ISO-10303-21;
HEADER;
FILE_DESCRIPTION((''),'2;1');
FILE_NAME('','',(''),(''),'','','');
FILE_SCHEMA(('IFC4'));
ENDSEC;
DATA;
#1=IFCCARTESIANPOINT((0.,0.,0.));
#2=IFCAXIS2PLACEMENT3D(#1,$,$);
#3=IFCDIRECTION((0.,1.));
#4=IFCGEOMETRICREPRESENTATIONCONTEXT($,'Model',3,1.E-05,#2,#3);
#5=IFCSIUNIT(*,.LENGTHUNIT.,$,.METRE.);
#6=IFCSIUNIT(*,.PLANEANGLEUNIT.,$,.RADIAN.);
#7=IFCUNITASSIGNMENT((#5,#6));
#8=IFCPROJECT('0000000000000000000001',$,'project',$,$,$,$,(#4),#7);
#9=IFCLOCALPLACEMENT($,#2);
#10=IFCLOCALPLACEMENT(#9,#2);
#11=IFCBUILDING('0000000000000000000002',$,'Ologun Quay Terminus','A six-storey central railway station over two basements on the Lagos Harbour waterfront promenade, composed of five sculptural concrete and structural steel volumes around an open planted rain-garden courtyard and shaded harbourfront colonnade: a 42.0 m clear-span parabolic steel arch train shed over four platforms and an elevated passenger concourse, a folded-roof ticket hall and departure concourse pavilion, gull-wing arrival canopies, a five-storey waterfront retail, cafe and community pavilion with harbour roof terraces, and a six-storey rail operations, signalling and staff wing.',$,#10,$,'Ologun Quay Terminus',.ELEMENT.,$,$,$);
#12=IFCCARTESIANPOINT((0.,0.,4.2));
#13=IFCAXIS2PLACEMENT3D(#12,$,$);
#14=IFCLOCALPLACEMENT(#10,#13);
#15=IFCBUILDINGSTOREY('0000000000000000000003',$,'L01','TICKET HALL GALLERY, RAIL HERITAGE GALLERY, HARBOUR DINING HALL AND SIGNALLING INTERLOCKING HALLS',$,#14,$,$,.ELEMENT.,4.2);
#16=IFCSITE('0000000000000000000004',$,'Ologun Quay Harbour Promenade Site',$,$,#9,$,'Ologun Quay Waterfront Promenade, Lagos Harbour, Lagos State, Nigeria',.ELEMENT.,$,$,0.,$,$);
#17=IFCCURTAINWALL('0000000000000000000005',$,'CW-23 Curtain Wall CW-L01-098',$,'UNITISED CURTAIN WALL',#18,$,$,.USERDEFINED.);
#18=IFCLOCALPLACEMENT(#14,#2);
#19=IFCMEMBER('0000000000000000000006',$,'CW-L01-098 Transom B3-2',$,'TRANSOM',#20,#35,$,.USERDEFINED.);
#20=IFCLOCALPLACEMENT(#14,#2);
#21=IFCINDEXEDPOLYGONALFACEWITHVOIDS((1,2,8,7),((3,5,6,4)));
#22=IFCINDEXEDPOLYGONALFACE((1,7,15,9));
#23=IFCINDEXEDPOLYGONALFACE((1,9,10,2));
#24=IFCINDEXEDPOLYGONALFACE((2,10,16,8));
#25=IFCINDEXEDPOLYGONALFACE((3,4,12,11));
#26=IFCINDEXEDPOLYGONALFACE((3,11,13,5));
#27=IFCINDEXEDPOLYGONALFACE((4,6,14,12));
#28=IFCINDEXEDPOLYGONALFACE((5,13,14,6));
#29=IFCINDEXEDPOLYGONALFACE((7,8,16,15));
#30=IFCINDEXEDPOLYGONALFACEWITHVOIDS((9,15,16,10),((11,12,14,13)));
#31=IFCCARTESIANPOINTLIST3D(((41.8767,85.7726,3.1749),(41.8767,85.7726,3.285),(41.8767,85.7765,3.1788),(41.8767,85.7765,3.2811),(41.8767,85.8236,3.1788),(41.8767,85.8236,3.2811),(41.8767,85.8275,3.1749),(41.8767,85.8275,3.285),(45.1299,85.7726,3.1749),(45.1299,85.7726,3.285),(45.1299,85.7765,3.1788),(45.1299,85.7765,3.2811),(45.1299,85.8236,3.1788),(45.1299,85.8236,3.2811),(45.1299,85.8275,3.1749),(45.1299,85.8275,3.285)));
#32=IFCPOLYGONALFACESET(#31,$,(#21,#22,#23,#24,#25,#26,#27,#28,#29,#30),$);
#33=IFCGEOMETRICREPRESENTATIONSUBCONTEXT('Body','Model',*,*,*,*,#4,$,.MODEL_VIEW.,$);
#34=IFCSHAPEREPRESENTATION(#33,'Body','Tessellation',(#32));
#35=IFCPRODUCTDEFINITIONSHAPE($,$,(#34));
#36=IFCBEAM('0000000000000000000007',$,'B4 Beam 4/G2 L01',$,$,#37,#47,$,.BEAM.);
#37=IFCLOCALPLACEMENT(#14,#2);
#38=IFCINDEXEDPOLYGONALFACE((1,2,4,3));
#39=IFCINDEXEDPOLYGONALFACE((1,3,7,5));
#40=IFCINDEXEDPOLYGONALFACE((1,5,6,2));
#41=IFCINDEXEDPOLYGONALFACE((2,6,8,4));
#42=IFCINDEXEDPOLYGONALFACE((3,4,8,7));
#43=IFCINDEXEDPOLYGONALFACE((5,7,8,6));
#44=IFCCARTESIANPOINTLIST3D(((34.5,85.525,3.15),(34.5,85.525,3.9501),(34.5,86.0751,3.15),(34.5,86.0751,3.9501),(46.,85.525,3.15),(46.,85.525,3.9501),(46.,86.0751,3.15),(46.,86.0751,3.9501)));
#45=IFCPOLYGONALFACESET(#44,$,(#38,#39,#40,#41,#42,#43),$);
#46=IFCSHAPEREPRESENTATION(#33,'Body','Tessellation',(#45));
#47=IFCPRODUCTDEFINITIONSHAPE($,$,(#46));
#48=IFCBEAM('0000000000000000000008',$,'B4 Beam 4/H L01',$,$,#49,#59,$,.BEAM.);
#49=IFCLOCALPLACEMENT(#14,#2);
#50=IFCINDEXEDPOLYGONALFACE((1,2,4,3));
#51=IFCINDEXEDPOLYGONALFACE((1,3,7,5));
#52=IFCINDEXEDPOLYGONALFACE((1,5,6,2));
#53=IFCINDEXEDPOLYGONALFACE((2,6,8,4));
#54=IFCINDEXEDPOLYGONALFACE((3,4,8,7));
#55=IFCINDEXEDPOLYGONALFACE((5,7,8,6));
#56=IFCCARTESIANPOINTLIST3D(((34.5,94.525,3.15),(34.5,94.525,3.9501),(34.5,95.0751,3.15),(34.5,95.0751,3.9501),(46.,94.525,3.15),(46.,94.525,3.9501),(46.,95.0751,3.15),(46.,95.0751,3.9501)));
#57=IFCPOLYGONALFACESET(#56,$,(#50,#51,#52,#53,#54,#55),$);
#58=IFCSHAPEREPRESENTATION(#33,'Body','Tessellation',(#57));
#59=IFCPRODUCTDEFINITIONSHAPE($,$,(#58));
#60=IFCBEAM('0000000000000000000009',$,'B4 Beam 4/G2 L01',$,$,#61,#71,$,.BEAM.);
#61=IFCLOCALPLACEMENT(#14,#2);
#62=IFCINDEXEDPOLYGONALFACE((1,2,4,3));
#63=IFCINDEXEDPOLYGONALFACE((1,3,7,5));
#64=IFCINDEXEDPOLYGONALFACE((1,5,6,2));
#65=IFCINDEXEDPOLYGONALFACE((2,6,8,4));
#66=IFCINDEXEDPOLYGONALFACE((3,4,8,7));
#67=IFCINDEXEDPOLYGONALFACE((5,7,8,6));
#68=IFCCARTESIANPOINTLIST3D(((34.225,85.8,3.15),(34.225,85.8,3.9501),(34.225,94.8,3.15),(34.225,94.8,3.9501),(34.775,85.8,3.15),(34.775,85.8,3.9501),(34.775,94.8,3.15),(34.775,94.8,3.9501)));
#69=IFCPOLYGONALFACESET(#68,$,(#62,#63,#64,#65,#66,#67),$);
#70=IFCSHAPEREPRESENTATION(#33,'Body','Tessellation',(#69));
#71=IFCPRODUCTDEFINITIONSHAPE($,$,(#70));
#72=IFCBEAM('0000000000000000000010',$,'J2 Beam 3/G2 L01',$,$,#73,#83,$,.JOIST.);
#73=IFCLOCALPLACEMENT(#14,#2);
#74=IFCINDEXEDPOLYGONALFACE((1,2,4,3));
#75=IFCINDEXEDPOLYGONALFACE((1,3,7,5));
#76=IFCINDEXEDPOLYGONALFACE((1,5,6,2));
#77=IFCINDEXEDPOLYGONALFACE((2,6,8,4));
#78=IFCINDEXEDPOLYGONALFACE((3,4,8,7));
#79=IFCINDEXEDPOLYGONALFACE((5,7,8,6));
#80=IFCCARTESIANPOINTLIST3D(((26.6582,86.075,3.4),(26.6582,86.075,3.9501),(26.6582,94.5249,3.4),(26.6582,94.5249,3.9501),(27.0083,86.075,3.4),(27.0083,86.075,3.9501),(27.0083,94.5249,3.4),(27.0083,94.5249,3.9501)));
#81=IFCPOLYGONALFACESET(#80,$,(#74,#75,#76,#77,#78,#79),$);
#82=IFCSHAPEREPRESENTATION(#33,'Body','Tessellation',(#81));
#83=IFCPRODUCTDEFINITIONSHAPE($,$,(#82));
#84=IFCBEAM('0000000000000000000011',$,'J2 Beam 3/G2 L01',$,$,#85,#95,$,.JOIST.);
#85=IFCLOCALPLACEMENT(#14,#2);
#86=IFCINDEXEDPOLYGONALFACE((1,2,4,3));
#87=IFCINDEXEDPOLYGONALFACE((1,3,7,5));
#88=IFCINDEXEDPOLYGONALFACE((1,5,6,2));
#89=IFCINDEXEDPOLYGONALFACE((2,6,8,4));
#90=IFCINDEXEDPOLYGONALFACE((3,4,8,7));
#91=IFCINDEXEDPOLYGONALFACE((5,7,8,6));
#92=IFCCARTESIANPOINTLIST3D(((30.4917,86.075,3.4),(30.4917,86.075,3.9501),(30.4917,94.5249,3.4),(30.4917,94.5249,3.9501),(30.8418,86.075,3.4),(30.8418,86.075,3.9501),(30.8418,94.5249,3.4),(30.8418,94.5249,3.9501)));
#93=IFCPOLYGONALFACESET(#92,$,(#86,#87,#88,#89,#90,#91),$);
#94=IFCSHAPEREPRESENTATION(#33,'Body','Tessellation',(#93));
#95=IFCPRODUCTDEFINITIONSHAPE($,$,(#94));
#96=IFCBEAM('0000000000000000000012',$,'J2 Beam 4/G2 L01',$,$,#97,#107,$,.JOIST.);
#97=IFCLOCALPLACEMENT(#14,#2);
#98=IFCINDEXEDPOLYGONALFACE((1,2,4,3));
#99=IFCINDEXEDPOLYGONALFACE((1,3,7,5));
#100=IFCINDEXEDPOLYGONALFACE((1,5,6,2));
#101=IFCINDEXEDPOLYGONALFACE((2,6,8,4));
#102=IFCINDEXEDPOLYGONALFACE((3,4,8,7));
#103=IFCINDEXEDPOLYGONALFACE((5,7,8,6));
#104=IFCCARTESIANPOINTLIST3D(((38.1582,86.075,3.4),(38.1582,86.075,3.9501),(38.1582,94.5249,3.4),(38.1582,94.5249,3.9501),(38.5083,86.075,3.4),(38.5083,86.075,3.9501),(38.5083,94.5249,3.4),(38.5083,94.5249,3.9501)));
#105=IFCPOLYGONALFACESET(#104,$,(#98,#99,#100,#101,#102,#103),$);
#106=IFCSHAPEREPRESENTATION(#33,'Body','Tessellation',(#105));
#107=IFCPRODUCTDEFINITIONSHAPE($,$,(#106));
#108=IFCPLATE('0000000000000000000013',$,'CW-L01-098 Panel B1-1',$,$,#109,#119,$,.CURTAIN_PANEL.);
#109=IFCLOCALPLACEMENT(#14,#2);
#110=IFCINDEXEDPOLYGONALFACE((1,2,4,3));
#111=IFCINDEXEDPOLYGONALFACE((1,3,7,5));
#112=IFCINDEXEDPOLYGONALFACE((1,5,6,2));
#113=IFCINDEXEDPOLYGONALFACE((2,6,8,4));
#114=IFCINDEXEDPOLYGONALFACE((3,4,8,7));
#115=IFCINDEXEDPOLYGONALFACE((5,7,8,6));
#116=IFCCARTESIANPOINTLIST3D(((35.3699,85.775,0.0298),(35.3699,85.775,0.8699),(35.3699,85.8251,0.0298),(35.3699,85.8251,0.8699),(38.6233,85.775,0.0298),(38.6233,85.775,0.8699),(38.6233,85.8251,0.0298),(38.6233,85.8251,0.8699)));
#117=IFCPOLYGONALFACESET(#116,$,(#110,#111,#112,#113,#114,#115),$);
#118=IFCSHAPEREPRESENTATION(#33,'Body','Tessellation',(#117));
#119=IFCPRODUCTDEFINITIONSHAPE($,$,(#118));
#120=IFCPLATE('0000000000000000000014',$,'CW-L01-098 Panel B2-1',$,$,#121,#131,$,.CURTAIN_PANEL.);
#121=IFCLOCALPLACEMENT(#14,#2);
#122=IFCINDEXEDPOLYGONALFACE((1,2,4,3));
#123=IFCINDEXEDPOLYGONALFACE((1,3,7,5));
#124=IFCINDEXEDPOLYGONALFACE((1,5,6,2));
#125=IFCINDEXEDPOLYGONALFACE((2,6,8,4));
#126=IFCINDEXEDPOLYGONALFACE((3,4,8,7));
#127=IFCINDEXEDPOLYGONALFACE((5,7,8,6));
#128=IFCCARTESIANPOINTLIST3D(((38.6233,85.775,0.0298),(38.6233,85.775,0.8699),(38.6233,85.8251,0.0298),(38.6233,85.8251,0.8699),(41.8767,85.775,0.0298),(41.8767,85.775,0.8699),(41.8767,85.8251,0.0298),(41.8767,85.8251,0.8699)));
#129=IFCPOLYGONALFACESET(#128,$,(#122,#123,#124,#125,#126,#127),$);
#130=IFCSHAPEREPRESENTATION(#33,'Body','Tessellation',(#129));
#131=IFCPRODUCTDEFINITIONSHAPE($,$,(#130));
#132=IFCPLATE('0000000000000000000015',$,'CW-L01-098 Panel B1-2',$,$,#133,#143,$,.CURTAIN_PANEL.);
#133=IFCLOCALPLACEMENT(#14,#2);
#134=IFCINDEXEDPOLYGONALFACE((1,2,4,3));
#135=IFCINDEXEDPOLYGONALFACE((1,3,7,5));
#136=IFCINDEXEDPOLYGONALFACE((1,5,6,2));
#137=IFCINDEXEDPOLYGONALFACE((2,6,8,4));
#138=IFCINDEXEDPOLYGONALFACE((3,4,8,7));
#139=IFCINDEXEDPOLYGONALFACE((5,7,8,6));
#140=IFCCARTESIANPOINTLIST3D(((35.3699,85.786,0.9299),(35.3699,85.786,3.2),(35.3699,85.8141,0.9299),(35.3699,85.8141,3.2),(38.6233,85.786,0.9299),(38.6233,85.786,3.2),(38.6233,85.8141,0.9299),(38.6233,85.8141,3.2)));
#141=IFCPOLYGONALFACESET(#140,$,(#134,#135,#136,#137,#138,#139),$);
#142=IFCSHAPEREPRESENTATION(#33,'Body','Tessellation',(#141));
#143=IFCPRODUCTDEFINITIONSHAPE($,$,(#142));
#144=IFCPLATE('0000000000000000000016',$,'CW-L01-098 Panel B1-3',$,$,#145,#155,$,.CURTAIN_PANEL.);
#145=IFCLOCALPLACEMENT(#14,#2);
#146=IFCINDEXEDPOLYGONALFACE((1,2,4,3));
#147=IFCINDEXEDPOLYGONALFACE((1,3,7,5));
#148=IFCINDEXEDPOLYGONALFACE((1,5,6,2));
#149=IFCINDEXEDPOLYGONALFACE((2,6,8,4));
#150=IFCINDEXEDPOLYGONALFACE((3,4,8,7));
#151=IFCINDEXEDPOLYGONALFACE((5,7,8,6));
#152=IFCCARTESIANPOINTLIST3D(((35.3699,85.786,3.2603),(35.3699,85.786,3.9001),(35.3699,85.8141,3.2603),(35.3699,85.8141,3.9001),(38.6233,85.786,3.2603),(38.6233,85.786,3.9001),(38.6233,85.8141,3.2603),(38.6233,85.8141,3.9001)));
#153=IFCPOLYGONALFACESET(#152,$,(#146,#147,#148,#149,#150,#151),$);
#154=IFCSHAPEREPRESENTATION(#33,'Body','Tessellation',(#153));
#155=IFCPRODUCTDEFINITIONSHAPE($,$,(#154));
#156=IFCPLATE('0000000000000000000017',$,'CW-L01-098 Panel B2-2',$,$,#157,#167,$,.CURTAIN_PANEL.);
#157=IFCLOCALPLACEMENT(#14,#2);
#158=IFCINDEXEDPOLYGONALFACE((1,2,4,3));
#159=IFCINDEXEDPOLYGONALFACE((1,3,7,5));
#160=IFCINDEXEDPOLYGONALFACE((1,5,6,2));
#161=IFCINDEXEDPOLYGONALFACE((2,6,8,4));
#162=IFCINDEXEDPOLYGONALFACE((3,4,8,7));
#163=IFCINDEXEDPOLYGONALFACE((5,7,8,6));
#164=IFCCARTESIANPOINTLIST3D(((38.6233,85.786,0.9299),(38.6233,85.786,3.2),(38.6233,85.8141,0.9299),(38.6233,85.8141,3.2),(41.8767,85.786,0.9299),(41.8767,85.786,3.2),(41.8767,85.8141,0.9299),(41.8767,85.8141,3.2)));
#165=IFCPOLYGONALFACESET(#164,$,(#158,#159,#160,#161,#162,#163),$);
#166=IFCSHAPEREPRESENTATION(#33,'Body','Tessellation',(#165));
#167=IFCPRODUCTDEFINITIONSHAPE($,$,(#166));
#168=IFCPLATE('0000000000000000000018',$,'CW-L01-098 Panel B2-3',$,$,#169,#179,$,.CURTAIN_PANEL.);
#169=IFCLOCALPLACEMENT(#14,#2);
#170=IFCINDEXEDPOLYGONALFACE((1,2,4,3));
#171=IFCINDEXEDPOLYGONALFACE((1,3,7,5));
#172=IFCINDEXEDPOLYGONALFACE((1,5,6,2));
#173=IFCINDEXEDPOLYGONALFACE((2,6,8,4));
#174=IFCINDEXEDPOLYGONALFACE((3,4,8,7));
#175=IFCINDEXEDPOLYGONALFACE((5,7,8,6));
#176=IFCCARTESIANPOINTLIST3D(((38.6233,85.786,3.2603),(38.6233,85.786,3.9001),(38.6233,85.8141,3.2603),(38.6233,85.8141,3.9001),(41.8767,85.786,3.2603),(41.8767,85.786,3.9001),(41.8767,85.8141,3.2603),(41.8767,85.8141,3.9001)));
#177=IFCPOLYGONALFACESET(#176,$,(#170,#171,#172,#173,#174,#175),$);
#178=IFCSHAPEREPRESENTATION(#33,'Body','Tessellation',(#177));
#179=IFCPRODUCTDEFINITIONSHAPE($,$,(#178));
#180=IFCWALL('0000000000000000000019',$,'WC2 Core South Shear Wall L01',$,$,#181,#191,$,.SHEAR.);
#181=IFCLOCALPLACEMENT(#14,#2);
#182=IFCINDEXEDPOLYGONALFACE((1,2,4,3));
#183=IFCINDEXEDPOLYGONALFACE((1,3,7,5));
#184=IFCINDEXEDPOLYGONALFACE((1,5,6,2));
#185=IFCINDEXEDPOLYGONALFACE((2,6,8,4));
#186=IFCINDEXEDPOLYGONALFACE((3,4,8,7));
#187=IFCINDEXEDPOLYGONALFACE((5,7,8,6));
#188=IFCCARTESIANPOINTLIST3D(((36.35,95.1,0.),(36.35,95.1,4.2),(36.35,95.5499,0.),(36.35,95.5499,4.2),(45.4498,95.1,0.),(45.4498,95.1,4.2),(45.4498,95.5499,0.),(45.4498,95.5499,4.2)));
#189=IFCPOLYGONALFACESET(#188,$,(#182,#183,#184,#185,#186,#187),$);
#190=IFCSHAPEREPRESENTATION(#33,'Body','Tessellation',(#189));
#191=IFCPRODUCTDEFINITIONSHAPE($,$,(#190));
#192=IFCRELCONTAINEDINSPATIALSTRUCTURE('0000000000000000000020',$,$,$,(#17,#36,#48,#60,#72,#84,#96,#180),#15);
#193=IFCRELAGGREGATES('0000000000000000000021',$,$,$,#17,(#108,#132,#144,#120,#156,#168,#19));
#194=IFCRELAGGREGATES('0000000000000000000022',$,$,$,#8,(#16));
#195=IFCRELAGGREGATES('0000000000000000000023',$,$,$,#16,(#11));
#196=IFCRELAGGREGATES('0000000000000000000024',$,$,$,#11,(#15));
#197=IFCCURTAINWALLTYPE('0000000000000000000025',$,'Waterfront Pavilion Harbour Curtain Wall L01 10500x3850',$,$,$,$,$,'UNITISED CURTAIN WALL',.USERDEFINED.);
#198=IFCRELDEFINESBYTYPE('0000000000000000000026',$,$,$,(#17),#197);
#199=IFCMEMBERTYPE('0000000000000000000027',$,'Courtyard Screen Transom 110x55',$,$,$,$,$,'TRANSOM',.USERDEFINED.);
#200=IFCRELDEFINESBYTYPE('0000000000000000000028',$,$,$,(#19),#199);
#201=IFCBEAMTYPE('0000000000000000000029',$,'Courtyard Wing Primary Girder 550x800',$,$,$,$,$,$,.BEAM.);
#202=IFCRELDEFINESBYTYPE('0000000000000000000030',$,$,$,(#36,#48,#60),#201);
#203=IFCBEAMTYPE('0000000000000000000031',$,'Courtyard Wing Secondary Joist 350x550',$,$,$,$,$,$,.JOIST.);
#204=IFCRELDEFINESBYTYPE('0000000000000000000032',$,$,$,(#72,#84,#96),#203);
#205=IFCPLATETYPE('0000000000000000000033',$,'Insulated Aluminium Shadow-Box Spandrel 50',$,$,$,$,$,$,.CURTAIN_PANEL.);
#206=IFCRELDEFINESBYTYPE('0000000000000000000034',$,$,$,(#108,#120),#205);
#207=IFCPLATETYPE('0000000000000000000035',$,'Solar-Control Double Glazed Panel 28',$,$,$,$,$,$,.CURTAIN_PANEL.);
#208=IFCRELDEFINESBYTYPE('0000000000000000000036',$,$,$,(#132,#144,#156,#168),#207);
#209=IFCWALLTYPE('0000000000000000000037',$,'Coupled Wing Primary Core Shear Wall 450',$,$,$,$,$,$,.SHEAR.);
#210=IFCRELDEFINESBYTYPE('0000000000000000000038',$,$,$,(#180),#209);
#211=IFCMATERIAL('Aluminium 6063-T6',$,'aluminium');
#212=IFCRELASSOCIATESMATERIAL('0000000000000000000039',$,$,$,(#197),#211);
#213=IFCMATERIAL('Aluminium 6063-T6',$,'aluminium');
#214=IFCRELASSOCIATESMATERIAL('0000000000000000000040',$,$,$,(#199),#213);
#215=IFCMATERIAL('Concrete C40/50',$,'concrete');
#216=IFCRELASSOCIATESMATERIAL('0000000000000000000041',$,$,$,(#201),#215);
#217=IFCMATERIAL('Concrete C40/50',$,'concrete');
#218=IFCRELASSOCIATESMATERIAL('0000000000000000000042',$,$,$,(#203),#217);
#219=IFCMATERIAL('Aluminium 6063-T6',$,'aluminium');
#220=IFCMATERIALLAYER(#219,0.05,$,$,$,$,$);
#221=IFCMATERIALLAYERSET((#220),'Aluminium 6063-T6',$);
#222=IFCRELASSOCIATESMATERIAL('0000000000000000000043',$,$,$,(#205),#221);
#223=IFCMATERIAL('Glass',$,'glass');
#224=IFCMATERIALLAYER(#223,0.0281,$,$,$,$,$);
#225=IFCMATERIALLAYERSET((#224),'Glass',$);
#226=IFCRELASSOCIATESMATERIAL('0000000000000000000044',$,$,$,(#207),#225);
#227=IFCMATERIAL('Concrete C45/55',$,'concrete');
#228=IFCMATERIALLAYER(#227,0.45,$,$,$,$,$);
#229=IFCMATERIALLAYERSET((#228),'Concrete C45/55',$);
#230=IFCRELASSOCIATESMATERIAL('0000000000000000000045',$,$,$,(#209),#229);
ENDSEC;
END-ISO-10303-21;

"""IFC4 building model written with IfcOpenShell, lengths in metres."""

from ifc_helpers import new_model, si_unit, direction, frame, frame_2d, origin, origin_2d, place, context, subcontext, project, spatial, rectangle, hollow_rectangle, extrude, material, layer, layer_set, material_profile, profile_set, type_object, element, aggregate, save


model = new_model("IFC4")

# Units and contexts
model_context = context("Model", 3, precision=1e-05, world=origin(), true_north=direction((0.0, 1.0)))
body_context = subcontext(model_context, "Body", "Model", "MODEL_VIEW")
ifc_project = project(units=[si_unit("LENGTHUNIT", "METRE"), si_unit("PLANEANGLEUNIT", "RADIAN")], contexts=[model_context])

# Site, building, storey
site_placement = place(None, origin())
site = spatial("IfcSite", under=ifc_project, at=site_placement, Name="Ologun Quay Harbour Promenade Site", LongName="Ologun Quay Waterfront Promenade, Lagos Harbour, Lagos State, Nigeria", CompositionType="ELEMENT", RefElevation=0.0)
building_placement = place(site_placement, origin())
building = spatial("IfcBuilding", under=site, at=building_placement, Name="Ologun Quay Terminus", Description="A six-storey central railway station over two basements on the Lagos Harbour waterfront promenade, composed of five sculptural concrete and structural steel volumes around an open planted rain-garden courtyard and shaded harbourfront colonnade: a 42.0 m clear-span parabolic steel arch train shed over four platforms and an elevated passenger concourse, a folded-roof ticket hall and departure concourse pavilion, gull-wing arrival canopies, a five-storey waterfront retail, cafe and community pavilion with harbour roof terraces, and a six-storey rail operations, signalling and staff wing.", LongName="Ologun Quay Terminus", CompositionType="ELEMENT")
storey_placement = place(building_placement, frame((0.0, 0.0, 4.2)))
storey = spatial("IfcBuildingStorey", under=building, at=storey_placement, Name="L01", Description="TICKET HALL GALLERY, RAIL HERITAGE GALLERY, HARBOUR DINING HALL AND SIGNALLING INTERLOCKING HALLS", CompositionType="ELEMENT", Elevation=4.2)

# Curtain wall, member
ifc_material_1 = material(Name="Aluminium 6063-T6", Category="aluminium")
curtain_wall_type = type_object("IfcCurtainWallType", Name="Waterfront Pavilion Harbour Curtain Wall L01 10500x3850", ElementType="UNITISED CURTAIN WALL", PredefinedType="USERDEFINED", material=ifc_material_1)
curtain_wall_placement = place(storey_placement, origin())
curtain_wall = element("IfcCurtainWall", 1, at=curtain_wall_placement, inside=storey, type_object=curtain_wall_type, Name="CW-23 Curtain Wall CW-L01-098", ObjectType="UNITISED CURTAIN WALL", PredefinedType="USERDEFINED")
ifc_material_2 = material(Name="Aluminium 6063-T6", Category="aluminium")
ifc_material_profile_1 = material_profile(ifc_material_2, hollow_rectangle(XDim=0.0549, YDim=0.1101, WallThickness=0.0039, at=origin_2d()), Name="ALU 110x55x4")
ifc_profile_set_1 = profile_set([ifc_material_profile_1], Name="Aluminium 6063-T6")
member_type_1 = type_object("IfcMemberType", Name="Courtyard Screen Transom 110x55", ElementType="TRANSOM", PredefinedType="USERDEFINED", material=ifc_profile_set_1)
member_1_placement = place(storey_placement, frame((41.8767, 85.8, 3.23), z_axis=(1.0, 0.0, 0.0), x_axis=(0.0, 1.0, 0.0)))
member_1 = element("IfcMember", 2, at=member_1_placement, type_object=member_type_1, Name="CW-L01-098 Transom B3-2", ObjectType="TRANSOM", PredefinedType="USERDEFINED", context=body_context, shape_type="SweptSolid", body=[
    extrude(hollow_rectangle(XDim=0.0549, YDim=0.1101, WallThickness=0.0039, at=origin_2d()), origin(), (0.0, 0.0, 1.0), 3.2532),
])

# Beams
ifc_material_3 = material(Name="Concrete C40/50", Category="concrete")
ifc_material_profile_2 = material_profile(ifc_material_3, rectangle(XDim=0.55, YDim=0.8, at=origin_2d()), Name="RC 550x800")
ifc_profile_set_2 = profile_set([ifc_material_profile_2], Name="Concrete C40/50")
beam_type_1 = type_object("IfcBeamType", Name="Courtyard Wing Primary Girder 550x800", PredefinedType="BEAM", material=ifc_profile_set_2)
for number, where, z_axis, x_axis, name in (
    (3, (34.5, 85.8, 3.55), (1.0, 0.0, 0.0), (0.0, 1.0, 0.0), "B4 Beam 4/G2 L01"),
    (4, (34.5, 94.8, 3.55), (1.0, 0.0, 0.0), (0.0, 1.0, 0.0), "B4 Beam 4/H L01"),
):
    element("IfcBeam", number, at=place(storey_placement, frame(where, z_axis=z_axis, x_axis=x_axis)), inside=storey, type_object=beam_type_1, Name=name, PredefinedType="BEAM", context=body_context, shape_type="SweptSolid", body=[
        extrude(rectangle(XDim=0.55, YDim=0.8, at=origin_2d()), origin(), (0.0, 0.0, 1.0), 11.5),
    ])
beam_1_placement = place(storey_placement, frame((34.5, 85.8, 3.55), z_axis=(0.0, 1.0, 0.0), x_axis=(-1.0, 0.0, 0.0)))
element("IfcBeam", 5, at=beam_1_placement, inside=storey, type_object=beam_type_1, Name="B4 Beam 4/G2 L01", PredefinedType="BEAM", context=body_context, shape_type="SweptSolid", body=[
    extrude(rectangle(XDim=0.55, YDim=0.8, at=origin_2d()), origin(), (0.0, 0.0, 1.0), 9.0),
])
ifc_material_4 = material(Name="Concrete C40/50", Category="concrete")
ifc_material_profile_3 = material_profile(ifc_material_4, rectangle(XDim=0.3501, YDim=0.55, at=origin_2d()), Name="RC 350x550")
ifc_profile_set_3 = profile_set([ifc_material_profile_3], Name="Concrete C40/50")
beam_type_2 = type_object("IfcBeamType", Name="Courtyard Wing Secondary Joist 350x550", PredefinedType="JOIST", material=ifc_profile_set_3)
for number, where, z_axis, x_axis, name in (
    (6, (26.8333, 86.075, 3.675), (0.0, 1.0, 0.0), (-1.0, 0.0, 0.0), "J2 Beam 3/G2 L01"),
    (7, (30.6667, 86.075, 3.675), (0.0, 1.0, 0.0), (-1.0, 0.0, 0.0), "J2 Beam 3/G2 L01"),
    (8, (38.3333, 86.075, 3.675), (0.0, 1.0, 0.0), (-1.0, 0.0, 0.0), "J2 Beam 4/G2 L01"),
):
    element("IfcBeam", number, at=place(storey_placement, frame(where, z_axis=z_axis, x_axis=x_axis)), inside=storey, type_object=beam_type_2, Name=name, PredefinedType="JOIST", context=body_context, shape_type="SweptSolid", body=[
        extrude(rectangle(XDim=0.3501, YDim=0.55, at=origin_2d()), origin(), (0.0, 0.0, 1.0), 8.45),
    ])

# Plates
ifc_material_5 = material(Name="Aluminium 6063-T6", Category="aluminium")
ifc_layer_1 = layer(ifc_material_5, 0.05)
ifc_layer_set_1 = layer_set([ifc_layer_1], Name="Aluminium 6063-T6")
plate_type_1 = type_object("IfcPlateType", Name="Insulated Aluminium Shadow-Box Spandrel 50", PredefinedType="CURTAIN_PANEL", material=ifc_layer_set_1)
plate_1_placement = place(storey_placement, frame((36.9966, 85.8, 0.0298), z_axis=(0.0, 0.0, 1.0), x_axis=(1.0, 0.0, 0.0)))
plate_1 = element("IfcPlate", 9, at=plate_1_placement, type_object=plate_type_1, Name="CW-L01-098 Panel B1-1", PredefinedType="CURTAIN_PANEL", context=body_context, shape_type="SweptSolid", body=[
    extrude(rectangle(XDim=3.2534, YDim=0.05, at=origin_2d()), origin(), (0.0, 0.0, 1.0), 0.8401),
])
plate_2_placement = place(storey_placement, frame((40.25, 85.8, 0.0298), z_axis=(0.0, 0.0, 1.0), x_axis=(1.0, 0.0, 0.0)))
plate_2 = element("IfcPlate", 10, at=plate_2_placement, type_object=plate_type_1, Name="CW-L01-098 Panel B2-1", PredefinedType="CURTAIN_PANEL", context=body_context, shape_type="SweptSolid", body=[
    extrude(rectangle(XDim=3.2534, YDim=0.05, at=origin_2d()), origin(), (0.0, 0.0, 1.0), 0.8401),
])
ifc_material_6 = material(Name="Glass", Category="glass")
ifc_layer_2 = layer(ifc_material_6, 0.0281)
ifc_layer_set_2 = layer_set([ifc_layer_2], Name="Glass")
plate_type_2 = type_object("IfcPlateType", Name="Solar-Control Double Glazed Panel 28", PredefinedType="CURTAIN_PANEL", material=ifc_layer_set_2)
plate_3_placement = place(storey_placement, frame((36.9966, 85.8, 0.9299), z_axis=(0.0, 0.0, 1.0), x_axis=(1.0, 0.0, 0.0)))
plate_3 = element("IfcPlate", 11, at=plate_3_placement, type_object=plate_type_2, Name="CW-L01-098 Panel B1-2", PredefinedType="CURTAIN_PANEL", context=body_context, shape_type="SweptSolid", body=[
    extrude(rectangle(XDim=3.2534, YDim=0.0281, at=origin_2d()), origin(), (0.0, 0.0, 1.0), 2.27),
])
plate_4_placement = place(storey_placement, frame((36.9966, 85.8, 3.2603), z_axis=(0.0, 0.0, 1.0), x_axis=(1.0, 0.0, 0.0)))
plate_4 = element("IfcPlate", 12, at=plate_4_placement, type_object=plate_type_2, Name="CW-L01-098 Panel B1-3", PredefinedType="CURTAIN_PANEL", context=body_context, shape_type="SweptSolid", body=[
    extrude(rectangle(XDim=3.2534, YDim=0.0281, at=origin_2d()), origin(), (0.0, 0.0, 1.0), 0.6399),
])
plate_5_placement = place(storey_placement, frame((40.25, 85.8, 0.9299), z_axis=(0.0, 0.0, 1.0), x_axis=(1.0, 0.0, 0.0)))
plate_5 = element("IfcPlate", 13, at=plate_5_placement, type_object=plate_type_2, Name="CW-L01-098 Panel B2-2", PredefinedType="CURTAIN_PANEL", context=body_context, shape_type="SweptSolid", body=[
    extrude(rectangle(XDim=3.2534, YDim=0.0281, at=origin_2d()), origin(), (0.0, 0.0, 1.0), 2.27),
])
plate_6_placement = place(storey_placement, frame((40.25, 85.8, 3.2603), z_axis=(0.0, 0.0, 1.0), x_axis=(1.0, 0.0, 0.0)))
plate_6 = element("IfcPlate", 14, at=plate_6_placement, type_object=plate_type_2, Name="CW-L01-098 Panel B2-3", PredefinedType="CURTAIN_PANEL", context=body_context, shape_type="SweptSolid", body=[
    extrude(rectangle(XDim=3.2534, YDim=0.0281, at=origin_2d()), origin(), (0.0, 0.0, 1.0), 0.6399),
])
aggregate(curtain_wall, [plate_1, plate_3, plate_4, plate_2, plate_5, plate_6, member_1])

# Wall
ifc_material_7 = material(Name="Concrete C45/55", Category="concrete")
ifc_layer_3 = layer(ifc_material_7, 0.45)
ifc_layer_set_3 = layer_set([ifc_layer_3], Name="Concrete C45/55")
wall_type_1 = type_object("IfcWallType", Name="Coupled Wing Primary Core Shear Wall 450", PredefinedType="SHEAR", material=ifc_layer_set_3)
wall_1_placement = place(storey_placement, frame((36.3501, 95.325, 0.0), z_axis=(0.0, 0.0, 1.0), x_axis=(1.0, 0.0, 0.0)))
element("IfcWall", 15, at=wall_1_placement, inside=storey, type_object=wall_type_1, Name="WC2 Core South Shear Wall L01", PredefinedType="SHEAR", context=body_context, shape_type="SweptSolid", body=[
    extrude(rectangle(XDim=9.0999, YDim=0.45, at=frame_2d((4.5498, 0.0))), origin(), (0.0, 0.0, 1.0), 4.2),
])

save(model, "model.ifc")
